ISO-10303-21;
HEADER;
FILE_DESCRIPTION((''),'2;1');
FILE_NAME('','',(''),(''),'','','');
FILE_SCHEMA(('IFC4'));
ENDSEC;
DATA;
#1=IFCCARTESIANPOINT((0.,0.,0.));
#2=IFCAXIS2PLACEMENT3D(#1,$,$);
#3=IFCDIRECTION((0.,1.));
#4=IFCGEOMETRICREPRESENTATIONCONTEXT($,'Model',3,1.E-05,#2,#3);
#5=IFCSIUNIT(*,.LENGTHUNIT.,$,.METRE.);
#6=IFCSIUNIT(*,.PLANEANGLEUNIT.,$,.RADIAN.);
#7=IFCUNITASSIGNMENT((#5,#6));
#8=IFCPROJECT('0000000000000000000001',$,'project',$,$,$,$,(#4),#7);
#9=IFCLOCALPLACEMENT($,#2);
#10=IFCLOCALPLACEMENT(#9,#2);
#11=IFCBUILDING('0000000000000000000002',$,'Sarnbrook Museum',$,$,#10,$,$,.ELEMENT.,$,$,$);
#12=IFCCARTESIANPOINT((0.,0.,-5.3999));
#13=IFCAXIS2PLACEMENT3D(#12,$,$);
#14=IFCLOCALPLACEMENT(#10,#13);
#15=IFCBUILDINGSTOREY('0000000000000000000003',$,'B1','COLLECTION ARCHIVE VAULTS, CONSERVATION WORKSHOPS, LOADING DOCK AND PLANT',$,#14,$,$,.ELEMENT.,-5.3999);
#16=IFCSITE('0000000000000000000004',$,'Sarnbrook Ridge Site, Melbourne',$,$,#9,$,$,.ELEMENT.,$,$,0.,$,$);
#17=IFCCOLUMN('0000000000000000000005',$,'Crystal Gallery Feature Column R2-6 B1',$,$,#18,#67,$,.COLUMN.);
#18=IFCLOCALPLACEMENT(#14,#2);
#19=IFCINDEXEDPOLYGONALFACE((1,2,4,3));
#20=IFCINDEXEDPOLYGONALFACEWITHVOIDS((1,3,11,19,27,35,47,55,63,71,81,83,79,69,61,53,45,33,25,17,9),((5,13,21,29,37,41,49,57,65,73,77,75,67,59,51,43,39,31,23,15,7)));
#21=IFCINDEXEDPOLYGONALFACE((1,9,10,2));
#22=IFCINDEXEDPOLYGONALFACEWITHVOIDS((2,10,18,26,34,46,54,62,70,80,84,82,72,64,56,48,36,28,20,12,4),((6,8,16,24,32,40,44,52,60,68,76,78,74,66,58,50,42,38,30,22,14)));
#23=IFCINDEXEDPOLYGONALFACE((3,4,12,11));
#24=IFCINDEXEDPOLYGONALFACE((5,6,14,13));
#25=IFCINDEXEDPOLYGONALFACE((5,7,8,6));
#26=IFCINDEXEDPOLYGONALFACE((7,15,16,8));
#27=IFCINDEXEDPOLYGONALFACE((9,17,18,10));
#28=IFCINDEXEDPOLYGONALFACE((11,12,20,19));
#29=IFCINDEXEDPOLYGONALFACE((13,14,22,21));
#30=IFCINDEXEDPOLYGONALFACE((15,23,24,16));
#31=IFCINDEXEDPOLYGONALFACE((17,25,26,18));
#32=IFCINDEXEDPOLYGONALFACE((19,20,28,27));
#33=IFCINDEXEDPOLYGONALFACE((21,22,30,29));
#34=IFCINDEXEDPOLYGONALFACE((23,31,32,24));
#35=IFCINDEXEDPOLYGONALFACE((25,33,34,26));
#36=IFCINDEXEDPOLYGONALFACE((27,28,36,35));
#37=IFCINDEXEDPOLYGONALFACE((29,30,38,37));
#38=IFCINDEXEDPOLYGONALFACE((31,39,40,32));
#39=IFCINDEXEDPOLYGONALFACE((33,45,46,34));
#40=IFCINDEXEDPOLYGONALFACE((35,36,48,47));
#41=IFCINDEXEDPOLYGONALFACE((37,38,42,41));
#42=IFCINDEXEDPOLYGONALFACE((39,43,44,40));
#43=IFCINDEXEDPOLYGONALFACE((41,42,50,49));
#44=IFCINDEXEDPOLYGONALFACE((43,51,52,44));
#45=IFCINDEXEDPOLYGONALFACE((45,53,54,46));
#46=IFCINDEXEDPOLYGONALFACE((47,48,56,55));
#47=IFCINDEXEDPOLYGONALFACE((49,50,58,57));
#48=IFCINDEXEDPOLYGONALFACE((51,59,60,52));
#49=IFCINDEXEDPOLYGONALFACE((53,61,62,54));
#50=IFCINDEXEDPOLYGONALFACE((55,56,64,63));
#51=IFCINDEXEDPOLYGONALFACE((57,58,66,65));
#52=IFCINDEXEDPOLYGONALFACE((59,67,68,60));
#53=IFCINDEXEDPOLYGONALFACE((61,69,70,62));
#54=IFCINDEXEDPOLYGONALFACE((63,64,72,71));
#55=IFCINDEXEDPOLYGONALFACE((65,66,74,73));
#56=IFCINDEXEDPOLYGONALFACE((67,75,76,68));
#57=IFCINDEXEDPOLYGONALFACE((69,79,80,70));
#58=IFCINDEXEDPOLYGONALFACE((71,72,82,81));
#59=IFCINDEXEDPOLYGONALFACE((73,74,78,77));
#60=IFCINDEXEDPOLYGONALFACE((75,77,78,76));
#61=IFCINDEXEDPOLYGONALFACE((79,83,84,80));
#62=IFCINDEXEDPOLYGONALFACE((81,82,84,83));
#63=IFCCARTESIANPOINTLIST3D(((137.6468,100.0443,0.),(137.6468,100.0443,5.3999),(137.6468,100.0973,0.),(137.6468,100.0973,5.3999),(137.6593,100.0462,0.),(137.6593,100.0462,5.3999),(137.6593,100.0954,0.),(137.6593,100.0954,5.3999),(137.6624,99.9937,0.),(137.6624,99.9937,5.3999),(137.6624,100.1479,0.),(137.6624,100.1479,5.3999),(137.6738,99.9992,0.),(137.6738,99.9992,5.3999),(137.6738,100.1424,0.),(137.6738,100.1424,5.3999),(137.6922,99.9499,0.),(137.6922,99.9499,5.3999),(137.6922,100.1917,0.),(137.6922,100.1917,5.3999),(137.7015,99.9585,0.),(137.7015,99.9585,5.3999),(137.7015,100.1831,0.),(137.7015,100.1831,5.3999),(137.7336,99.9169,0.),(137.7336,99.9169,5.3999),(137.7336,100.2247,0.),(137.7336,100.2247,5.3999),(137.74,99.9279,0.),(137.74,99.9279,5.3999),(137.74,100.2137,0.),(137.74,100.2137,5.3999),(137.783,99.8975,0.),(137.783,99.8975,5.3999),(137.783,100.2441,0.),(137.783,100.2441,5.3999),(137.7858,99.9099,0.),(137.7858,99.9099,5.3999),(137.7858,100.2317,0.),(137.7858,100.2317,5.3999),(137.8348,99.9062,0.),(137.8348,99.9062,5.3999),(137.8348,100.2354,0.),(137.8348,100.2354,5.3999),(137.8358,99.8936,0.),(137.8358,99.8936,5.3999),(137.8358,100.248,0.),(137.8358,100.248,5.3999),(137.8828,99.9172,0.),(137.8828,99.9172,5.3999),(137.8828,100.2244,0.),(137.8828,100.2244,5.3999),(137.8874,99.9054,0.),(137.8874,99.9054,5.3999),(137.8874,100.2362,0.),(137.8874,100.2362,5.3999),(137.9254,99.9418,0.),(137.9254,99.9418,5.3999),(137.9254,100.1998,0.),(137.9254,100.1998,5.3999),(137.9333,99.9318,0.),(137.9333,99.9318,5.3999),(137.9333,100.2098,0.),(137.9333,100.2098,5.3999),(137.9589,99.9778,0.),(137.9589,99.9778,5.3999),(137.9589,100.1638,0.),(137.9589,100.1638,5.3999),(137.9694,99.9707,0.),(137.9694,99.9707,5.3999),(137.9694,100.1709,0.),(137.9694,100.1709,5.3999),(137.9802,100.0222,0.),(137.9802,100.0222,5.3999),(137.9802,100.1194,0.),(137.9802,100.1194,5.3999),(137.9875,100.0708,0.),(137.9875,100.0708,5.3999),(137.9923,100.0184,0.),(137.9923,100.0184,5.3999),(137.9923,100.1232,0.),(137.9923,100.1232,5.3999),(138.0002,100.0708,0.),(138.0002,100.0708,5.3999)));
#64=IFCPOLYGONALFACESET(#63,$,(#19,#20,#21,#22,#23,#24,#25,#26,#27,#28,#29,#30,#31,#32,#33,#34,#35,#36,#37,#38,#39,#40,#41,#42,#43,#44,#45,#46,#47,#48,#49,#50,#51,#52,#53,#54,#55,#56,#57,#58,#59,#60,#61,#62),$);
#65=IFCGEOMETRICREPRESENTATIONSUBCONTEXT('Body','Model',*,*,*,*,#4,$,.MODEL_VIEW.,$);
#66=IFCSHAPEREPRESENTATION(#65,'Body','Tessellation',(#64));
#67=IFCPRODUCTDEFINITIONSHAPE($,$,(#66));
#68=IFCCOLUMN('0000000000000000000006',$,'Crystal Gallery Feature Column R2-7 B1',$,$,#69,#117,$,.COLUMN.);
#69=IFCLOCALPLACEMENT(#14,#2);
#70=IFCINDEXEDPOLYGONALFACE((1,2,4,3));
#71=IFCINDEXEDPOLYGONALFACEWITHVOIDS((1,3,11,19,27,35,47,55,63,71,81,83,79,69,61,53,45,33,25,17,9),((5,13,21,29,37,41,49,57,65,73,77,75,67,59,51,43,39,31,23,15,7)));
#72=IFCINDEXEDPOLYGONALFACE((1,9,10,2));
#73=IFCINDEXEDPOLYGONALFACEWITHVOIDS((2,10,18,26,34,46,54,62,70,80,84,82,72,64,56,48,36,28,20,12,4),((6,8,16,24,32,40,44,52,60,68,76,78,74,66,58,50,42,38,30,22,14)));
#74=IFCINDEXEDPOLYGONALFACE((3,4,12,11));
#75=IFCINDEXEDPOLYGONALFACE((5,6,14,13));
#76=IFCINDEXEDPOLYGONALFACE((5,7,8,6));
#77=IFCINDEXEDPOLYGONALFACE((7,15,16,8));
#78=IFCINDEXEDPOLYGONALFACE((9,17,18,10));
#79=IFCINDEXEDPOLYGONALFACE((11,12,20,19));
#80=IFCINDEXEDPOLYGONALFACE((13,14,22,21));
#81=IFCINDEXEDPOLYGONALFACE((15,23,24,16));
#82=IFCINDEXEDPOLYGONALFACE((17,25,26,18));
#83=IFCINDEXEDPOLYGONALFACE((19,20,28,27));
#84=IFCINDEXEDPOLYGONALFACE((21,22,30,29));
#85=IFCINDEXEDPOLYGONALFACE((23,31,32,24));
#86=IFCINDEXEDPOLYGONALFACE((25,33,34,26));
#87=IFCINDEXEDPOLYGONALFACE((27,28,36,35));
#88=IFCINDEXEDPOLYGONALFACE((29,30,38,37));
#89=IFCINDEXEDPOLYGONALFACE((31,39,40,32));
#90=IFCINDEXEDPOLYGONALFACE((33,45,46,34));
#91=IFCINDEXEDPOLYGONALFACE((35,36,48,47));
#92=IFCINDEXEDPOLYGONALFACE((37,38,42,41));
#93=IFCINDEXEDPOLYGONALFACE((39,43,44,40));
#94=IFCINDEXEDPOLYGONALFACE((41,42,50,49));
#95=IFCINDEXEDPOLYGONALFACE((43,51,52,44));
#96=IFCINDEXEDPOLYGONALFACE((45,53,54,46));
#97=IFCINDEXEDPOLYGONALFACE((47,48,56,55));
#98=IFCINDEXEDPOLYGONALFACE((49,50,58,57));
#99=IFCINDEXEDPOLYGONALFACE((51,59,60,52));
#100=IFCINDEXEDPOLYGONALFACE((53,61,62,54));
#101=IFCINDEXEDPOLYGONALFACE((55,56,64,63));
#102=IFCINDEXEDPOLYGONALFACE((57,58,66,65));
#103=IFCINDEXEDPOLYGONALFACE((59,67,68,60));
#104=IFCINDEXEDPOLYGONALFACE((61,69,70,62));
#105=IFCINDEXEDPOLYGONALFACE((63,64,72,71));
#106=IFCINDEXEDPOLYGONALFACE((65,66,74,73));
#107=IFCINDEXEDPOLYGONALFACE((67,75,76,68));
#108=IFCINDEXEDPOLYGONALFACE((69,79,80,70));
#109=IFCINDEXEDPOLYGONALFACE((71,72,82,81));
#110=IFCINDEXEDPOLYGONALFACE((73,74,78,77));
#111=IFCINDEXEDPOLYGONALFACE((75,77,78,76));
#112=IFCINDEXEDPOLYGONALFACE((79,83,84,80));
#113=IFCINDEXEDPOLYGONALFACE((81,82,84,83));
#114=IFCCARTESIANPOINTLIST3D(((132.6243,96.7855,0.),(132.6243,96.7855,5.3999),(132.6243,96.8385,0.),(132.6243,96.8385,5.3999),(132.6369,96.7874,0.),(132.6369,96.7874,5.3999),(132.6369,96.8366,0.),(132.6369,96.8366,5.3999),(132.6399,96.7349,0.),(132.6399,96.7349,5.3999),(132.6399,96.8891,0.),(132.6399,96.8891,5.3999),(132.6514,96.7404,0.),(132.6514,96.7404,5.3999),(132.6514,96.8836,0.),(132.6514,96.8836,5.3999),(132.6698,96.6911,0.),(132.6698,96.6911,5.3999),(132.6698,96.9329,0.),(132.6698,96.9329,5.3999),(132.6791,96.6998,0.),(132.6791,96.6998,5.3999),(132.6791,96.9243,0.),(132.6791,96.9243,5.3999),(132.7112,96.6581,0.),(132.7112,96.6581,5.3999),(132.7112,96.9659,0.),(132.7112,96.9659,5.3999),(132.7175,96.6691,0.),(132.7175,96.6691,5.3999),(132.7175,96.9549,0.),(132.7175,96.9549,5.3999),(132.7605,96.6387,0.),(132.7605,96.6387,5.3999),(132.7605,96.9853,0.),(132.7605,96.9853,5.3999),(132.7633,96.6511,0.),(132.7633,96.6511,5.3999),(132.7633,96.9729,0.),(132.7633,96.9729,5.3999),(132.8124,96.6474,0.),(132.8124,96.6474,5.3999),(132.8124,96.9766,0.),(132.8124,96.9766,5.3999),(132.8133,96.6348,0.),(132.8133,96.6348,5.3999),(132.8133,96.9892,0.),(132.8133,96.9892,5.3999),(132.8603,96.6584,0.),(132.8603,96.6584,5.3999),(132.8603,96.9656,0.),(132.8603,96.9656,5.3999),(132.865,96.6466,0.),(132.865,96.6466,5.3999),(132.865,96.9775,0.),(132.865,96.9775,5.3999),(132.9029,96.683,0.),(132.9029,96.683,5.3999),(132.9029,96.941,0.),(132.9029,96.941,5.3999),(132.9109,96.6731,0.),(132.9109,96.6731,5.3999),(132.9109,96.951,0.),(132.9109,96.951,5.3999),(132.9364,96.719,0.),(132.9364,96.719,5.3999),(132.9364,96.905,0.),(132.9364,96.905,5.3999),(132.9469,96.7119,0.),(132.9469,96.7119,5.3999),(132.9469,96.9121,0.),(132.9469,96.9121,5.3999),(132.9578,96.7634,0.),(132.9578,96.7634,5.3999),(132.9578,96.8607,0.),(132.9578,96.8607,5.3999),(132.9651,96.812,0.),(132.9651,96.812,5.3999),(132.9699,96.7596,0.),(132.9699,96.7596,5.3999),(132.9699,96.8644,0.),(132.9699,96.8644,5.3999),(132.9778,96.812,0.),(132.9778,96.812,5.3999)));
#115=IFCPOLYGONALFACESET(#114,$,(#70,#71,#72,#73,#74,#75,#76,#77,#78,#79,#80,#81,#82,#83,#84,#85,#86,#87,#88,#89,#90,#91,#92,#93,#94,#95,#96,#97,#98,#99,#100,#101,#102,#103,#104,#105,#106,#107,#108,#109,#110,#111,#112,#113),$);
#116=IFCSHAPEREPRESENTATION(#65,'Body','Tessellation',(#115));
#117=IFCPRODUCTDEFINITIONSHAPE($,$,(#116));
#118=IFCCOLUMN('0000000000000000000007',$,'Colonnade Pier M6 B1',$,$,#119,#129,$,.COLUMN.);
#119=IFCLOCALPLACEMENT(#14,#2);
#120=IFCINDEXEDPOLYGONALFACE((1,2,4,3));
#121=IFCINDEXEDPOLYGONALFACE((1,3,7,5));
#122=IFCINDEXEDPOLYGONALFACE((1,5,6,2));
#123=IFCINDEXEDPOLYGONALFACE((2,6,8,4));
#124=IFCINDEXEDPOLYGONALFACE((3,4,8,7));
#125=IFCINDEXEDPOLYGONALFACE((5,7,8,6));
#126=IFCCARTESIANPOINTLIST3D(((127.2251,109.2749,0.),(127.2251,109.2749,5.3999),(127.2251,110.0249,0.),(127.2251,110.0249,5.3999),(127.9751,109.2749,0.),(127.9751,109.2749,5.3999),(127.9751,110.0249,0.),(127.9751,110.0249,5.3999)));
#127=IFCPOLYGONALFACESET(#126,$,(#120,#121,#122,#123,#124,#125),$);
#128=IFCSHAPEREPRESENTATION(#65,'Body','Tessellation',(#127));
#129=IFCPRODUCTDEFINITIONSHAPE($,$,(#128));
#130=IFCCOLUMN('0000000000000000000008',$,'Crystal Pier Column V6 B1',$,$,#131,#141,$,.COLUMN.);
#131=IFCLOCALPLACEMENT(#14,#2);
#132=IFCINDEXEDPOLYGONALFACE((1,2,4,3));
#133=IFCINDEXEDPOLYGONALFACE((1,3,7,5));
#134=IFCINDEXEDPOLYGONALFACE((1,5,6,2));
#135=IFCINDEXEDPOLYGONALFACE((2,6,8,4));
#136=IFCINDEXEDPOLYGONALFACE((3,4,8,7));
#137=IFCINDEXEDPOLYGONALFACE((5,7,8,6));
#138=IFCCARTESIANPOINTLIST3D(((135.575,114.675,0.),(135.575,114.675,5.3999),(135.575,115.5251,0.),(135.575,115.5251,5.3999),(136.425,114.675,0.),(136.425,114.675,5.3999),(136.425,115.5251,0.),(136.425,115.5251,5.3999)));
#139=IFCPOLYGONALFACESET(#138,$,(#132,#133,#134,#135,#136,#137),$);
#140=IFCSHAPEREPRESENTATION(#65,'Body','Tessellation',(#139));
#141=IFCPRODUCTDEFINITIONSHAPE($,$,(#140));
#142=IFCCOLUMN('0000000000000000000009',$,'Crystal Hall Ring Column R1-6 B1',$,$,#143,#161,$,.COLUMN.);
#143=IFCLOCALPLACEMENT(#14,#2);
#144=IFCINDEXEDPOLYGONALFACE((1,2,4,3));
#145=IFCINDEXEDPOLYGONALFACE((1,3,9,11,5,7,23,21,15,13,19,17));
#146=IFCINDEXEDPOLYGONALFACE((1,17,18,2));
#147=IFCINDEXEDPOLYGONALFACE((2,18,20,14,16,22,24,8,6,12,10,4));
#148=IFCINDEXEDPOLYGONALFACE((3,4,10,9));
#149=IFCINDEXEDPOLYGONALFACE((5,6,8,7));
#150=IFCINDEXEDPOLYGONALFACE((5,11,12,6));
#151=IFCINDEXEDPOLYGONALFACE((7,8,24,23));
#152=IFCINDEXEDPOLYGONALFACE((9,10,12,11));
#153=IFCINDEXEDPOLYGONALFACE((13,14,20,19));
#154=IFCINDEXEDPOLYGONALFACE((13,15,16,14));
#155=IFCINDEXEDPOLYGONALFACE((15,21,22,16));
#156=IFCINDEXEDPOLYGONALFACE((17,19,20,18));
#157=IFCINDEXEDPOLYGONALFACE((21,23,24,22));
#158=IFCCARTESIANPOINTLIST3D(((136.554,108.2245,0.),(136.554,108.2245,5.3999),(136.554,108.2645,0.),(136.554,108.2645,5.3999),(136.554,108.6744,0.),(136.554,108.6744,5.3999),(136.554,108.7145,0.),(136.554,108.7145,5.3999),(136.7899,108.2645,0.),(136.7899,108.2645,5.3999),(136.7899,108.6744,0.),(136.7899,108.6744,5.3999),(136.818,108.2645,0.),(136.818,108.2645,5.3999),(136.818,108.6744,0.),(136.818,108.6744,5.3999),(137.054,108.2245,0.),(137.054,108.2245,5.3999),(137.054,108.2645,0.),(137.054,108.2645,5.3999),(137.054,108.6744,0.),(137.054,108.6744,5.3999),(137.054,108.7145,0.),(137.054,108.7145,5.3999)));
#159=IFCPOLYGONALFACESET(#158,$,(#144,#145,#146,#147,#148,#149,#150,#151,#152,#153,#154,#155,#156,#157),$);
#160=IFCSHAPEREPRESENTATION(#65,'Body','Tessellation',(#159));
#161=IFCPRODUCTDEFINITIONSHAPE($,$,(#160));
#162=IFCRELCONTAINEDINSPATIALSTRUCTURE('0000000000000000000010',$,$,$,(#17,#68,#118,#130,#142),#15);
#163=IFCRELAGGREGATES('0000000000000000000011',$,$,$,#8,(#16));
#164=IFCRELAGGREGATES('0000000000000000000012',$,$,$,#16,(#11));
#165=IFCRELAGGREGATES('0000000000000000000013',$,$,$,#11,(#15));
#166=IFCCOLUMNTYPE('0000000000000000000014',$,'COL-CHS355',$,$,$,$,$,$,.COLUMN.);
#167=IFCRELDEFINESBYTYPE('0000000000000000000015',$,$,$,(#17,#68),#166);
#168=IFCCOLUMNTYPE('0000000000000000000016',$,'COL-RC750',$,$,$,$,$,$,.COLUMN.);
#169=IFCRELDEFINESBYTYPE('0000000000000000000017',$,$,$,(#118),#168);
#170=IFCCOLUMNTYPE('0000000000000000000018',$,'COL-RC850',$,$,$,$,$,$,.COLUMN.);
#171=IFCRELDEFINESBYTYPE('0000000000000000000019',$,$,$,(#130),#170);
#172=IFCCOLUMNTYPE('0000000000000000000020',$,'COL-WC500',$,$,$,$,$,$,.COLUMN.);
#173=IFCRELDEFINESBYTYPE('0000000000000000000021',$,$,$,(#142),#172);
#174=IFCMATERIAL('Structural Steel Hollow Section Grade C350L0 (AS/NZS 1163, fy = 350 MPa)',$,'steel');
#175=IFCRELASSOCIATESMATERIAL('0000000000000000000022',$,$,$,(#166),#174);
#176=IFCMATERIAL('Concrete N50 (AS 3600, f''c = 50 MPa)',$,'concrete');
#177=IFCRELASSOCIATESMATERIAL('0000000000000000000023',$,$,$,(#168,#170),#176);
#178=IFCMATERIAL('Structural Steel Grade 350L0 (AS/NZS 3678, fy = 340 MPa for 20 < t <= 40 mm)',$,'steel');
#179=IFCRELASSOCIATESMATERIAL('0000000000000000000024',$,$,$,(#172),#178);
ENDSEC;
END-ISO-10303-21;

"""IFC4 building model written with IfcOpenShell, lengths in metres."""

from ifc_helpers import new_model, si_unit, direction, frame, origin, origin_2d, place, context, subcontext, project, spatial, rectangle, hollow_circle, i_section, extrude, material, material_profile, profile_set, type_object, element, save


model = new_model("IFC4")

# Units and contexts
model_context = context("Model", 3, precision=1e-05, world=origin(), true_north=direction((0.0, 1.0)))
body_context = subcontext(model_context, "Body", "Model", "MODEL_VIEW")
ifc_project = project(units=[si_unit("LENGTHUNIT", "METRE"), si_unit("PLANEANGLEUNIT", "RADIAN")], contexts=[model_context])

# Site, building, storey
site_placement = place(None, origin())
site = spatial("IfcSite", under=ifc_project, at=site_placement, Name="Sarnbrook Ridge Site, Melbourne", CompositionType="ELEMENT", RefElevation=0.0)
building_placement = place(site_placement, origin())
building = spatial("IfcBuilding", under=site, at=building_placement, Name="Sarnbrook Museum", CompositionType="ELEMENT")
storey_placement = place(building_placement, frame((0.0, 0.0, -5.3999)))
storey = spatial("IfcBuildingStorey", under=building, at=storey_placement, Name="B1", Description="COLLECTION ARCHIVE VAULTS, CONSERVATION WORKSHOPS, LOADING DOCK AND PLANT", CompositionType="ELEMENT", Elevation=-5.3999)

# Shared definitions
ifc_material_1 = material(Name="Concrete N50 (AS 3600, f'c = 50 MPa)", Category="concrete")

# Columns
ifc_material_2 = material(Name="Structural Steel Hollow Section Grade C350L0 (AS/NZS 1163, fy = 350 MPa)", Category="steel")
ifc_material_profile_1 = material_profile(ifc_material_2, hollow_circle(Radius=0.1777, WallThickness=0.0127, at=origin_2d()), Name="355.6x12.7CHS")
ifc_profile_set_1 = profile_set([ifc_material_profile_1], Name="Structural Steel Hollow Section Grade C350L0 (AS/NZS 1163, fy = 350 MPa)")
column_type_1 = type_object("IfcColumnType", Name="COL-CHS355", PredefinedType="COLUMN", material=ifc_profile_set_1)
for number, where, z_axis, x_axis, name in (
    (1, (137.8225, 100.0708, 0.0), (0.0, 0.0, 1.0), (1.0, 0.0, 0.0), "Crystal Gallery Feature Column R2-6 B1"),
    (2, (132.8, 96.812, 0.0), (0.0, 0.0, 1.0), (1.0, 0.0, 0.0), "Crystal Gallery Feature Column R2-7 B1"),
):
    element("IfcColumn", number, at=place(storey_placement, frame(where, z_axis=z_axis, x_axis=x_axis)), inside=storey, type_object=column_type_1, Name=name, PredefinedType="COLUMN", context=body_context, shape_type="SweptSolid", body=[
        extrude(hollow_circle(Radius=0.1777, WallThickness=0.0127, at=origin_2d()), origin(), (0.0, 0.0, 1.0), 5.3999),
    ])
ifc_material_profile_2 = material_profile(ifc_material_1, rectangle(XDim=0.75, YDim=0.75, at=origin_2d()), Name="RC 750x750")
ifc_profile_set_2 = profile_set([ifc_material_profile_2], Name="Concrete N50 (AS 3600, f'c = 50 MPa)")
column_type_2 = type_object("IfcColumnType", Name="COL-RC750", PredefinedType="COLUMN", material=ifc_profile_set_2)
column_1_placement = place(storey_placement, frame((127.6001, 109.6499, 0.0), z_axis=(0.0, 0.0, 1.0), x_axis=(1.0, 0.0, 0.0)))
element("IfcColumn", 3, at=column_1_placement, inside=storey, type_object=column_type_2, Name="Colonnade Pier M6 B1", PredefinedType="COLUMN", context=body_context, shape_type="SweptSolid", body=[
    extrude(rectangle(XDim=0.75, YDim=0.75, at=origin_2d()), origin(), (0.0, 0.0, 1.0), 5.3999),
])
ifc_material_profile_3 = material_profile(ifc_material_1, rectangle(XDim=0.8501, YDim=0.8501, at=origin_2d()), Name="RC 850x850")
ifc_profile_set_3 = profile_set([ifc_material_profile_3], Name="Concrete N50 (AS 3600, f'c = 50 MPa)")
column_type_3 = type_object("IfcColumnType", Name="COL-RC850", PredefinedType="COLUMN", material=ifc_profile_set_3)
column_2_placement = place(storey_placement, frame((136.0, 115.1001, 0.0), z_axis=(0.0, 0.0, 1.0), x_axis=(1.0, 0.0, 0.0)))
element("IfcColumn", 4, at=column_2_placement, inside=storey, type_object=column_type_3, Name="Crystal Pier Column V6 B1", PredefinedType="COLUMN", context=body_context, shape_type="SweptSolid", body=[
    extrude(rectangle(XDim=0.8501, YDim=0.8501, at=origin_2d()), origin(), (0.0, 0.0, 1.0), 5.3999),
])
ifc_material_3 = material(Name="Structural Steel Grade 350L0 (AS/NZS 3678, fy = 340 MPa for 20 < t <= 40 mm)", Category="steel")
ifc_material_profile_4 = material_profile(ifc_material_3, i_section(OverallWidth=0.5, OverallDepth=0.49, WebThickness=0.0281, FlangeThickness=0.04, at=origin_2d()), Name="500WC340")
ifc_profile_set_4 = profile_set([ifc_material_profile_4], Name="Structural Steel Grade 350L0 (AS/NZS 3678, fy = 340 MPa for 20 < t <= 40 mm)")
column_type_4 = type_object("IfcColumnType", Name="COL-WC500", PredefinedType="COLUMN", material=ifc_profile_set_4)
column_3_placement = place(storey_placement, frame((136.804, 108.4695, 0.0), z_axis=(0.0, 0.0, 1.0), x_axis=(1.0, 0.0, 0.0)))
element("IfcColumn", 5, at=column_3_placement, inside=storey, type_object=column_type_4, Name="Crystal Hall Ring Column R1-6 B1", PredefinedType="COLUMN", context=body_context, shape_type="SweptSolid", body=[
    extrude(i_section(OverallWidth=0.5, OverallDepth=0.49, WebThickness=0.0281, FlangeThickness=0.04, at=origin_2d()), origin(), (0.0, 0.0, 1.0), 5.3999),
])

save(model, "model.ifc")
